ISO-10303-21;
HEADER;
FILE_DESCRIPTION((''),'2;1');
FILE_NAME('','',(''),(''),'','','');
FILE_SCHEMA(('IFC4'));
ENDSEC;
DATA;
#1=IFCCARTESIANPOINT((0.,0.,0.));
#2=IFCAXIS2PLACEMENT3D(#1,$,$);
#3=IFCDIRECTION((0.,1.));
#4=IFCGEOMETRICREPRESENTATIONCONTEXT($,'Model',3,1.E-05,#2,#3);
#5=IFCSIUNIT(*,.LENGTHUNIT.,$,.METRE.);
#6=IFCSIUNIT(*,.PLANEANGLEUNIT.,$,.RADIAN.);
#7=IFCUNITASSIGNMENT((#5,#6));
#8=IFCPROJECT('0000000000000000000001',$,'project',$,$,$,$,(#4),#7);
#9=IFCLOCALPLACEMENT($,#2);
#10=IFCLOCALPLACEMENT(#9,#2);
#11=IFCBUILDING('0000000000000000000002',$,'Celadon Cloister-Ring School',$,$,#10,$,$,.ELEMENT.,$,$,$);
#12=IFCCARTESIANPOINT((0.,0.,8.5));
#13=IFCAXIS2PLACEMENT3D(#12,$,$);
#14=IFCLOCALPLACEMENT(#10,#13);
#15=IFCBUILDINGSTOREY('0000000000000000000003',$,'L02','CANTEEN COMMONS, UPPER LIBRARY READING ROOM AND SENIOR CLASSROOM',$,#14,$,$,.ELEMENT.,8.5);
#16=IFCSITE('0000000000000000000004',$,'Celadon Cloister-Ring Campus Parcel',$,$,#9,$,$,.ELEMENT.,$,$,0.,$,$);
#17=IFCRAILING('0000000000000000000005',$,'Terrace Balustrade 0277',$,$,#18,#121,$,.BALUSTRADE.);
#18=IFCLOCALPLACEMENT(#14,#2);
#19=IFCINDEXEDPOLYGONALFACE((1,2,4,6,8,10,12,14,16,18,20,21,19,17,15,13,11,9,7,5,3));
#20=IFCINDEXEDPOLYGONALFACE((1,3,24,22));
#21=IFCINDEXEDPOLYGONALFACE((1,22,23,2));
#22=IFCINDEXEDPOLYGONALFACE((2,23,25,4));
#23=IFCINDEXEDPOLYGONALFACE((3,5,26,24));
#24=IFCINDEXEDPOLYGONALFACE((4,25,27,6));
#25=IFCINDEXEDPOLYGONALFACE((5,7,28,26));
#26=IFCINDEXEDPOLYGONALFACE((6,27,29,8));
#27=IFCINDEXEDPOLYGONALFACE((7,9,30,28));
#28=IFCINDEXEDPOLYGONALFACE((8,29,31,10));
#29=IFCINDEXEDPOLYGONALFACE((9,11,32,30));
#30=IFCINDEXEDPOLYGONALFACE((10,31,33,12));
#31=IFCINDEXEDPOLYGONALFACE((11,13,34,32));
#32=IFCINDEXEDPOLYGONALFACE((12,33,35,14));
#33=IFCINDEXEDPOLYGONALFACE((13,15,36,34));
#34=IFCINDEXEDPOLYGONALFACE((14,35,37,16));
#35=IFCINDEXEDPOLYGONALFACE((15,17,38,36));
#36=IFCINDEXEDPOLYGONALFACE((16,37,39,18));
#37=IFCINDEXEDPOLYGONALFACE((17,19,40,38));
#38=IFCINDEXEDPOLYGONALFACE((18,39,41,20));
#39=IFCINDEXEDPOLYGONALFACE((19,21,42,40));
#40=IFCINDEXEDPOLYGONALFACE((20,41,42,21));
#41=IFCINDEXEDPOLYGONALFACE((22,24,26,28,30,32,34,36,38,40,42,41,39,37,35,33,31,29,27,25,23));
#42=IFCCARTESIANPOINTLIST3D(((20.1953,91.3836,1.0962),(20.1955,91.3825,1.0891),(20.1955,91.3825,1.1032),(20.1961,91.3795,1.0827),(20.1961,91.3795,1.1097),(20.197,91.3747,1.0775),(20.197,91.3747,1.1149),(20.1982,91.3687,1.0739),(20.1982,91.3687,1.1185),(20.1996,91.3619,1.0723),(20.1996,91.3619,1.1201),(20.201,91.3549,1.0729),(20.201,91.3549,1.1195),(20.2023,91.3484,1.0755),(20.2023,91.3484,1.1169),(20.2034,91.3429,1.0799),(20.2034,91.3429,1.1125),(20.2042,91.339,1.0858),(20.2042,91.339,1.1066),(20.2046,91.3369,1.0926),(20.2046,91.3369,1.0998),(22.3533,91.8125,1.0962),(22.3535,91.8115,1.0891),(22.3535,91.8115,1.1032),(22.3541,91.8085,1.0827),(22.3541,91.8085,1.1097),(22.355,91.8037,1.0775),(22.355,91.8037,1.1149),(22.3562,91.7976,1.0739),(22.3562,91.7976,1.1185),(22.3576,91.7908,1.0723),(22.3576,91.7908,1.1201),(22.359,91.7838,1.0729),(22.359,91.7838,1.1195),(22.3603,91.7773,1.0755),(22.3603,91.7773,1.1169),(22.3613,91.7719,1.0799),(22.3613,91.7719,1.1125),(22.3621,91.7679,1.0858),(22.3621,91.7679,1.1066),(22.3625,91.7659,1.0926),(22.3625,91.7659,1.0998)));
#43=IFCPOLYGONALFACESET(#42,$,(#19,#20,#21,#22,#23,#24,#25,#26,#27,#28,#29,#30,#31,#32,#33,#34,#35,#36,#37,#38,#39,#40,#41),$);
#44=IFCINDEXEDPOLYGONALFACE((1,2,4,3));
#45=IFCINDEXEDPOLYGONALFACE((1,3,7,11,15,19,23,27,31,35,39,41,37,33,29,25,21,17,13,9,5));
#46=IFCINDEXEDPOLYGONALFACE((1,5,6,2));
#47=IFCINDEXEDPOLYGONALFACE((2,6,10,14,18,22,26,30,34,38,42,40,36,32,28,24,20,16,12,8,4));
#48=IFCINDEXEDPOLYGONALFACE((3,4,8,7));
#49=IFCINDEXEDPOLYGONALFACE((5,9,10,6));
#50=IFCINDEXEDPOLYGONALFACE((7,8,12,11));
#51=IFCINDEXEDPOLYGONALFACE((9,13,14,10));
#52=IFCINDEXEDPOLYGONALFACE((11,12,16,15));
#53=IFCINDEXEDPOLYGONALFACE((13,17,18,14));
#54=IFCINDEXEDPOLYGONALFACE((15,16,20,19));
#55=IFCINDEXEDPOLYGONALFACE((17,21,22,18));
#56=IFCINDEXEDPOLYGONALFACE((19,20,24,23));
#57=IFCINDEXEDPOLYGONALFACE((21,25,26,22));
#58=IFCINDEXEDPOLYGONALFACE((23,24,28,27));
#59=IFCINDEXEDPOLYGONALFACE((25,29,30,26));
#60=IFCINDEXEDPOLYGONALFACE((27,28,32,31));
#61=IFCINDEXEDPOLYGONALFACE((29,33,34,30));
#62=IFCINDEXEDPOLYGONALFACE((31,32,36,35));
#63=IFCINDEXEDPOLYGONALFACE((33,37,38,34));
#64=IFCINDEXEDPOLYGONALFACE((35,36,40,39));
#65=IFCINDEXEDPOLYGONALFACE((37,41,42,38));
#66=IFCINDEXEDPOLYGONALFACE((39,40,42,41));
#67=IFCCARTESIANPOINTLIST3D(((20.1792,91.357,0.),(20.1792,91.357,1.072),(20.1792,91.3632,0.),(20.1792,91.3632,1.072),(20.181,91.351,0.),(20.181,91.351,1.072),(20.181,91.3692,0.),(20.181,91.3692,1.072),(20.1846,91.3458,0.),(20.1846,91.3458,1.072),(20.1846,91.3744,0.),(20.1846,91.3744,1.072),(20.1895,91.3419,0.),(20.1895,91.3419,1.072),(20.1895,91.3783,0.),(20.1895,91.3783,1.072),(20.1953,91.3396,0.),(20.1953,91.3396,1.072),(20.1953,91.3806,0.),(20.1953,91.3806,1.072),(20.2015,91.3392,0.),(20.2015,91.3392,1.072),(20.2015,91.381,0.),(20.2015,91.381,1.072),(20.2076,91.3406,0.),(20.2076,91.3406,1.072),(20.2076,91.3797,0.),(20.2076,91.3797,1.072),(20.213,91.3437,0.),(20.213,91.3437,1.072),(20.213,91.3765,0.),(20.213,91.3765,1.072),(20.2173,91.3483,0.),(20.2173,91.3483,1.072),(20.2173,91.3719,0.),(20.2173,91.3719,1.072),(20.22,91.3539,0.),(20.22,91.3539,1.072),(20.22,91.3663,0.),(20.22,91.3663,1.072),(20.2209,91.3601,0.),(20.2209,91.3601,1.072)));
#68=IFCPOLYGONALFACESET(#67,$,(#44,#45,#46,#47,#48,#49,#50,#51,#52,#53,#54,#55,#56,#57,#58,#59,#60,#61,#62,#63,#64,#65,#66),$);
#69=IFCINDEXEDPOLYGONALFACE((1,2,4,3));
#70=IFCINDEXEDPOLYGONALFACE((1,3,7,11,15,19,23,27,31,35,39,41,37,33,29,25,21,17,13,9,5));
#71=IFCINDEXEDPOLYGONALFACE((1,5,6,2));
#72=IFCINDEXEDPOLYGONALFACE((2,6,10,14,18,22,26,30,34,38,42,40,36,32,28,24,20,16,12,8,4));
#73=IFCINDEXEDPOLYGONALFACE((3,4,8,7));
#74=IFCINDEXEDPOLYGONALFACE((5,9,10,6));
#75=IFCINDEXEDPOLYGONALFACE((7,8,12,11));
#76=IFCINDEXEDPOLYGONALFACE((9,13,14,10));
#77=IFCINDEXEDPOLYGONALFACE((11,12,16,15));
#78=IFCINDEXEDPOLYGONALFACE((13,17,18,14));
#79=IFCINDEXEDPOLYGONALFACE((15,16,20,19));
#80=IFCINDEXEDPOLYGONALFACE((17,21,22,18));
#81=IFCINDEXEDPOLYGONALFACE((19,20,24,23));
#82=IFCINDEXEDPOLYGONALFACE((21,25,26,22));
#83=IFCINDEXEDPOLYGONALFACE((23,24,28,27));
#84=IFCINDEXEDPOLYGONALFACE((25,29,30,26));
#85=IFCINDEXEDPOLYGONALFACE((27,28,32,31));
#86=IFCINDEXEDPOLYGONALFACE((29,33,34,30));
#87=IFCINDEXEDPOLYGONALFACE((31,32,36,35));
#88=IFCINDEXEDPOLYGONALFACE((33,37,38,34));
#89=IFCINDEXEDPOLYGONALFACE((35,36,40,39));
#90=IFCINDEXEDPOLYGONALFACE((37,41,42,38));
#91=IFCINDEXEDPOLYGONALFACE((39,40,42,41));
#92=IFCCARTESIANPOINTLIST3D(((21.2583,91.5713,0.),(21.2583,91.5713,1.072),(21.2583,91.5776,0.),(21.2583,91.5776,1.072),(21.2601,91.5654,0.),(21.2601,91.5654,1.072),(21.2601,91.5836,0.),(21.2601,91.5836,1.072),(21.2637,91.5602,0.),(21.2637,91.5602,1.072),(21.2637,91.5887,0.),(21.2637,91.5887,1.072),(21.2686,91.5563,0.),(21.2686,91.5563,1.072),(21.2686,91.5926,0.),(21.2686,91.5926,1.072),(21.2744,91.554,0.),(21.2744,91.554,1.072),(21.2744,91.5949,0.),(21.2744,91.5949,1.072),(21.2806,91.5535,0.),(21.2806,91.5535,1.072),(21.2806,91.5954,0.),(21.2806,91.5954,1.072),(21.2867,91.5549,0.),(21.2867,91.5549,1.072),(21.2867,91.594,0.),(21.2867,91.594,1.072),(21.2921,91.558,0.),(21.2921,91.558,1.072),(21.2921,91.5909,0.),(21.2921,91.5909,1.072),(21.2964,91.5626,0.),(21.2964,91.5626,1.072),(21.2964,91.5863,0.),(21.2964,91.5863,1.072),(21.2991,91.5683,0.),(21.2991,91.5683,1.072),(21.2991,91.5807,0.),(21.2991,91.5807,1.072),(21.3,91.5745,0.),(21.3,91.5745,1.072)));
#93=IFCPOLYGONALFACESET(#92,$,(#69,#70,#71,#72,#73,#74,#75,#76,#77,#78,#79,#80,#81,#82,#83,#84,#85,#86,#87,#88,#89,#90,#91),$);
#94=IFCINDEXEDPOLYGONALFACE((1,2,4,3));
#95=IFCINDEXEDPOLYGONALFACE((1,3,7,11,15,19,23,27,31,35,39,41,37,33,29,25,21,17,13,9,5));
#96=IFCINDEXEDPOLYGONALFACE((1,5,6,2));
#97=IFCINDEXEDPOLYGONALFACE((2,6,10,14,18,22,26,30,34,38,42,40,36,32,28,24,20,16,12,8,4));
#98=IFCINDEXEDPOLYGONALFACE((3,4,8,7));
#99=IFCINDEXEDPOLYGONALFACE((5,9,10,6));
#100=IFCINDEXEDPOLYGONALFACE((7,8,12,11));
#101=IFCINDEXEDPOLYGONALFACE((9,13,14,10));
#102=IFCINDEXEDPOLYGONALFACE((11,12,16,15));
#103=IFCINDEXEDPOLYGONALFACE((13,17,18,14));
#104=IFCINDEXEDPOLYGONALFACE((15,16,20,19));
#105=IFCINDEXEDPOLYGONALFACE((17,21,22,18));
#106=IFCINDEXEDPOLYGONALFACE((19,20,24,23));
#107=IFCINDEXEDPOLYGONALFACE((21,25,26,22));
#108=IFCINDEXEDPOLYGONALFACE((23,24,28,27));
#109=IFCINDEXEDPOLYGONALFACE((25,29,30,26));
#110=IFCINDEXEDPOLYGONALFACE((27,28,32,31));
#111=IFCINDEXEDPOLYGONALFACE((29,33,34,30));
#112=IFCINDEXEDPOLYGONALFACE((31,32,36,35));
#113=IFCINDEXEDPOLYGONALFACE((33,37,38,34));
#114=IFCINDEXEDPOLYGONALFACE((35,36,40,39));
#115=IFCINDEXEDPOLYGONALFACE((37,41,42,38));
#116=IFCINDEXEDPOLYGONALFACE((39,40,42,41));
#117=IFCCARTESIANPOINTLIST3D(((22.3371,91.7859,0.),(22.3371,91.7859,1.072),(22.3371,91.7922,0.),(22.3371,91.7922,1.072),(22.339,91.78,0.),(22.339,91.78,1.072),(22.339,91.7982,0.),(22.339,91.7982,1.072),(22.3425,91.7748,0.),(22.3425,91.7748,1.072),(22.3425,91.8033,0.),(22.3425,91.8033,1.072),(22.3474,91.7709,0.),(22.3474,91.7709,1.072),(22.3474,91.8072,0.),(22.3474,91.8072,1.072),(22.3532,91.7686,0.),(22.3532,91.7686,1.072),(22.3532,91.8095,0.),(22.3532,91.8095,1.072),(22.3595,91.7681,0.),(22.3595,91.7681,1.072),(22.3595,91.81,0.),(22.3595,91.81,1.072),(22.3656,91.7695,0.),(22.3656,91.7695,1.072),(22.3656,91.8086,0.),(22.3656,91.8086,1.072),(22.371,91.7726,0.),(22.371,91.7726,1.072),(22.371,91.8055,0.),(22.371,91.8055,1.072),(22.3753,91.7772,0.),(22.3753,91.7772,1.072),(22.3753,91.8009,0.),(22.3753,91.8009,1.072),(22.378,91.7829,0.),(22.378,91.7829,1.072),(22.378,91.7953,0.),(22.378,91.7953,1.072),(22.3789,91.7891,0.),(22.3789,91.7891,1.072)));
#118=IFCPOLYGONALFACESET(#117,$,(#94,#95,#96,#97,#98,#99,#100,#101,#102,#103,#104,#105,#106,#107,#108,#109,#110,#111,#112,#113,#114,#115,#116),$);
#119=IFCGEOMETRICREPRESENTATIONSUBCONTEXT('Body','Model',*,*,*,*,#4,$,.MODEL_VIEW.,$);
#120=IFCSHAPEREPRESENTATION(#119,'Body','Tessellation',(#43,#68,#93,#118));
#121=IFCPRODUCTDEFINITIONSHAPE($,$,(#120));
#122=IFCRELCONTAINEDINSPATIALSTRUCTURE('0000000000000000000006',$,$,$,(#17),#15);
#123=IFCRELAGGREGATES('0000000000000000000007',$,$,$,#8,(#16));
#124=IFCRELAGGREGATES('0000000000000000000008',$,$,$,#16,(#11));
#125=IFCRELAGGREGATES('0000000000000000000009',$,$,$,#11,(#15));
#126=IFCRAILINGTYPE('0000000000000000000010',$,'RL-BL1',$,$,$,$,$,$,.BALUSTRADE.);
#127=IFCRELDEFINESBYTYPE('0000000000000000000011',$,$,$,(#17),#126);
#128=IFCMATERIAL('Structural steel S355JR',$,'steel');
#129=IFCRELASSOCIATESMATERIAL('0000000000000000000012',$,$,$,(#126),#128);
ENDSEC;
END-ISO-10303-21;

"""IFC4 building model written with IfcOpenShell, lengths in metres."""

from ifc_helpers import new_model, si_unit, direction, frame, origin, origin_2d, place, context, subcontext, project, spatial, circle, extrude, material, type_object, element, save


model = new_model("IFC4")

# Units and contexts
model_context = context("Model", 3, precision=1e-05, world=origin(), true_north=direction((0.0, 1.0)))
body_context = subcontext(model_context, "Body", "Model", "MODEL_VIEW")
ifc_project = project(units=[si_unit("LENGTHUNIT", "METRE"), si_unit("PLANEANGLEUNIT", "RADIAN")], contexts=[model_context])

# Site, building, storey
site_placement = place(None, origin())
site = spatial("IfcSite", under=ifc_project, at=site_placement, Name="Celadon Cloister-Ring Campus Parcel", CompositionType="ELEMENT", RefElevation=0.0)
building_placement = place(site_placement, origin())
building = spatial("IfcBuilding", under=site, at=building_placement, Name="Celadon Cloister-Ring School", CompositionType="ELEMENT")
storey_placement = place(building_placement, frame((0.0, 0.0, 8.5)))
storey = spatial("IfcBuildingStorey", under=building, at=storey_placement, Name="L02", Description="CANTEEN COMMONS, UPPER LIBRARY READING ROOM AND SENIOR CLASSROOM", CompositionType="ELEMENT", Elevation=8.5)

# Railing
ifc_material_1 = material(Name="Structural steel S355JR", Category="steel")
railing_type = type_object("IfcRailingType", Name="RL-BL1", PredefinedType="BALUSTRADE", material=ifc_material_1)
railing_1_placement = place(storey_placement, frame((20.2, 91.3601, 0.0)))
element("IfcRailing", 1, at=railing_1_placement, inside=storey, type_object=railing_type, Name="Terrace Balustrade 0277", PredefinedType="BALUSTRADE", context=body_context, shape_type="SweptSolid", body=[
    extrude(circle(Radius=0.0239, at=origin_2d()), frame((0.0, 0.0, 1.0962), z_axis=(0.98081, 0.194964, 0.0), x_axis=(-0.194964, 0.98081, 0.0)), (0.0, 0.0, 1.0), 2.2002),
    extrude(circle(Radius=0.021, at=origin_2d()), origin(), (0.0, 0.0, 1.0), 1.072),
    extrude(circle(Radius=0.021, at=origin_2d()), frame((1.0791, 0.2144, 0.0)), (0.0, 0.0, 1.0), 1.072),
    extrude(circle(Radius=0.021, at=origin_2d()), frame((2.158, 0.429, 0.0)), (0.0, 0.0, 1.0), 1.072),
])

save(model, "model.ifc")
